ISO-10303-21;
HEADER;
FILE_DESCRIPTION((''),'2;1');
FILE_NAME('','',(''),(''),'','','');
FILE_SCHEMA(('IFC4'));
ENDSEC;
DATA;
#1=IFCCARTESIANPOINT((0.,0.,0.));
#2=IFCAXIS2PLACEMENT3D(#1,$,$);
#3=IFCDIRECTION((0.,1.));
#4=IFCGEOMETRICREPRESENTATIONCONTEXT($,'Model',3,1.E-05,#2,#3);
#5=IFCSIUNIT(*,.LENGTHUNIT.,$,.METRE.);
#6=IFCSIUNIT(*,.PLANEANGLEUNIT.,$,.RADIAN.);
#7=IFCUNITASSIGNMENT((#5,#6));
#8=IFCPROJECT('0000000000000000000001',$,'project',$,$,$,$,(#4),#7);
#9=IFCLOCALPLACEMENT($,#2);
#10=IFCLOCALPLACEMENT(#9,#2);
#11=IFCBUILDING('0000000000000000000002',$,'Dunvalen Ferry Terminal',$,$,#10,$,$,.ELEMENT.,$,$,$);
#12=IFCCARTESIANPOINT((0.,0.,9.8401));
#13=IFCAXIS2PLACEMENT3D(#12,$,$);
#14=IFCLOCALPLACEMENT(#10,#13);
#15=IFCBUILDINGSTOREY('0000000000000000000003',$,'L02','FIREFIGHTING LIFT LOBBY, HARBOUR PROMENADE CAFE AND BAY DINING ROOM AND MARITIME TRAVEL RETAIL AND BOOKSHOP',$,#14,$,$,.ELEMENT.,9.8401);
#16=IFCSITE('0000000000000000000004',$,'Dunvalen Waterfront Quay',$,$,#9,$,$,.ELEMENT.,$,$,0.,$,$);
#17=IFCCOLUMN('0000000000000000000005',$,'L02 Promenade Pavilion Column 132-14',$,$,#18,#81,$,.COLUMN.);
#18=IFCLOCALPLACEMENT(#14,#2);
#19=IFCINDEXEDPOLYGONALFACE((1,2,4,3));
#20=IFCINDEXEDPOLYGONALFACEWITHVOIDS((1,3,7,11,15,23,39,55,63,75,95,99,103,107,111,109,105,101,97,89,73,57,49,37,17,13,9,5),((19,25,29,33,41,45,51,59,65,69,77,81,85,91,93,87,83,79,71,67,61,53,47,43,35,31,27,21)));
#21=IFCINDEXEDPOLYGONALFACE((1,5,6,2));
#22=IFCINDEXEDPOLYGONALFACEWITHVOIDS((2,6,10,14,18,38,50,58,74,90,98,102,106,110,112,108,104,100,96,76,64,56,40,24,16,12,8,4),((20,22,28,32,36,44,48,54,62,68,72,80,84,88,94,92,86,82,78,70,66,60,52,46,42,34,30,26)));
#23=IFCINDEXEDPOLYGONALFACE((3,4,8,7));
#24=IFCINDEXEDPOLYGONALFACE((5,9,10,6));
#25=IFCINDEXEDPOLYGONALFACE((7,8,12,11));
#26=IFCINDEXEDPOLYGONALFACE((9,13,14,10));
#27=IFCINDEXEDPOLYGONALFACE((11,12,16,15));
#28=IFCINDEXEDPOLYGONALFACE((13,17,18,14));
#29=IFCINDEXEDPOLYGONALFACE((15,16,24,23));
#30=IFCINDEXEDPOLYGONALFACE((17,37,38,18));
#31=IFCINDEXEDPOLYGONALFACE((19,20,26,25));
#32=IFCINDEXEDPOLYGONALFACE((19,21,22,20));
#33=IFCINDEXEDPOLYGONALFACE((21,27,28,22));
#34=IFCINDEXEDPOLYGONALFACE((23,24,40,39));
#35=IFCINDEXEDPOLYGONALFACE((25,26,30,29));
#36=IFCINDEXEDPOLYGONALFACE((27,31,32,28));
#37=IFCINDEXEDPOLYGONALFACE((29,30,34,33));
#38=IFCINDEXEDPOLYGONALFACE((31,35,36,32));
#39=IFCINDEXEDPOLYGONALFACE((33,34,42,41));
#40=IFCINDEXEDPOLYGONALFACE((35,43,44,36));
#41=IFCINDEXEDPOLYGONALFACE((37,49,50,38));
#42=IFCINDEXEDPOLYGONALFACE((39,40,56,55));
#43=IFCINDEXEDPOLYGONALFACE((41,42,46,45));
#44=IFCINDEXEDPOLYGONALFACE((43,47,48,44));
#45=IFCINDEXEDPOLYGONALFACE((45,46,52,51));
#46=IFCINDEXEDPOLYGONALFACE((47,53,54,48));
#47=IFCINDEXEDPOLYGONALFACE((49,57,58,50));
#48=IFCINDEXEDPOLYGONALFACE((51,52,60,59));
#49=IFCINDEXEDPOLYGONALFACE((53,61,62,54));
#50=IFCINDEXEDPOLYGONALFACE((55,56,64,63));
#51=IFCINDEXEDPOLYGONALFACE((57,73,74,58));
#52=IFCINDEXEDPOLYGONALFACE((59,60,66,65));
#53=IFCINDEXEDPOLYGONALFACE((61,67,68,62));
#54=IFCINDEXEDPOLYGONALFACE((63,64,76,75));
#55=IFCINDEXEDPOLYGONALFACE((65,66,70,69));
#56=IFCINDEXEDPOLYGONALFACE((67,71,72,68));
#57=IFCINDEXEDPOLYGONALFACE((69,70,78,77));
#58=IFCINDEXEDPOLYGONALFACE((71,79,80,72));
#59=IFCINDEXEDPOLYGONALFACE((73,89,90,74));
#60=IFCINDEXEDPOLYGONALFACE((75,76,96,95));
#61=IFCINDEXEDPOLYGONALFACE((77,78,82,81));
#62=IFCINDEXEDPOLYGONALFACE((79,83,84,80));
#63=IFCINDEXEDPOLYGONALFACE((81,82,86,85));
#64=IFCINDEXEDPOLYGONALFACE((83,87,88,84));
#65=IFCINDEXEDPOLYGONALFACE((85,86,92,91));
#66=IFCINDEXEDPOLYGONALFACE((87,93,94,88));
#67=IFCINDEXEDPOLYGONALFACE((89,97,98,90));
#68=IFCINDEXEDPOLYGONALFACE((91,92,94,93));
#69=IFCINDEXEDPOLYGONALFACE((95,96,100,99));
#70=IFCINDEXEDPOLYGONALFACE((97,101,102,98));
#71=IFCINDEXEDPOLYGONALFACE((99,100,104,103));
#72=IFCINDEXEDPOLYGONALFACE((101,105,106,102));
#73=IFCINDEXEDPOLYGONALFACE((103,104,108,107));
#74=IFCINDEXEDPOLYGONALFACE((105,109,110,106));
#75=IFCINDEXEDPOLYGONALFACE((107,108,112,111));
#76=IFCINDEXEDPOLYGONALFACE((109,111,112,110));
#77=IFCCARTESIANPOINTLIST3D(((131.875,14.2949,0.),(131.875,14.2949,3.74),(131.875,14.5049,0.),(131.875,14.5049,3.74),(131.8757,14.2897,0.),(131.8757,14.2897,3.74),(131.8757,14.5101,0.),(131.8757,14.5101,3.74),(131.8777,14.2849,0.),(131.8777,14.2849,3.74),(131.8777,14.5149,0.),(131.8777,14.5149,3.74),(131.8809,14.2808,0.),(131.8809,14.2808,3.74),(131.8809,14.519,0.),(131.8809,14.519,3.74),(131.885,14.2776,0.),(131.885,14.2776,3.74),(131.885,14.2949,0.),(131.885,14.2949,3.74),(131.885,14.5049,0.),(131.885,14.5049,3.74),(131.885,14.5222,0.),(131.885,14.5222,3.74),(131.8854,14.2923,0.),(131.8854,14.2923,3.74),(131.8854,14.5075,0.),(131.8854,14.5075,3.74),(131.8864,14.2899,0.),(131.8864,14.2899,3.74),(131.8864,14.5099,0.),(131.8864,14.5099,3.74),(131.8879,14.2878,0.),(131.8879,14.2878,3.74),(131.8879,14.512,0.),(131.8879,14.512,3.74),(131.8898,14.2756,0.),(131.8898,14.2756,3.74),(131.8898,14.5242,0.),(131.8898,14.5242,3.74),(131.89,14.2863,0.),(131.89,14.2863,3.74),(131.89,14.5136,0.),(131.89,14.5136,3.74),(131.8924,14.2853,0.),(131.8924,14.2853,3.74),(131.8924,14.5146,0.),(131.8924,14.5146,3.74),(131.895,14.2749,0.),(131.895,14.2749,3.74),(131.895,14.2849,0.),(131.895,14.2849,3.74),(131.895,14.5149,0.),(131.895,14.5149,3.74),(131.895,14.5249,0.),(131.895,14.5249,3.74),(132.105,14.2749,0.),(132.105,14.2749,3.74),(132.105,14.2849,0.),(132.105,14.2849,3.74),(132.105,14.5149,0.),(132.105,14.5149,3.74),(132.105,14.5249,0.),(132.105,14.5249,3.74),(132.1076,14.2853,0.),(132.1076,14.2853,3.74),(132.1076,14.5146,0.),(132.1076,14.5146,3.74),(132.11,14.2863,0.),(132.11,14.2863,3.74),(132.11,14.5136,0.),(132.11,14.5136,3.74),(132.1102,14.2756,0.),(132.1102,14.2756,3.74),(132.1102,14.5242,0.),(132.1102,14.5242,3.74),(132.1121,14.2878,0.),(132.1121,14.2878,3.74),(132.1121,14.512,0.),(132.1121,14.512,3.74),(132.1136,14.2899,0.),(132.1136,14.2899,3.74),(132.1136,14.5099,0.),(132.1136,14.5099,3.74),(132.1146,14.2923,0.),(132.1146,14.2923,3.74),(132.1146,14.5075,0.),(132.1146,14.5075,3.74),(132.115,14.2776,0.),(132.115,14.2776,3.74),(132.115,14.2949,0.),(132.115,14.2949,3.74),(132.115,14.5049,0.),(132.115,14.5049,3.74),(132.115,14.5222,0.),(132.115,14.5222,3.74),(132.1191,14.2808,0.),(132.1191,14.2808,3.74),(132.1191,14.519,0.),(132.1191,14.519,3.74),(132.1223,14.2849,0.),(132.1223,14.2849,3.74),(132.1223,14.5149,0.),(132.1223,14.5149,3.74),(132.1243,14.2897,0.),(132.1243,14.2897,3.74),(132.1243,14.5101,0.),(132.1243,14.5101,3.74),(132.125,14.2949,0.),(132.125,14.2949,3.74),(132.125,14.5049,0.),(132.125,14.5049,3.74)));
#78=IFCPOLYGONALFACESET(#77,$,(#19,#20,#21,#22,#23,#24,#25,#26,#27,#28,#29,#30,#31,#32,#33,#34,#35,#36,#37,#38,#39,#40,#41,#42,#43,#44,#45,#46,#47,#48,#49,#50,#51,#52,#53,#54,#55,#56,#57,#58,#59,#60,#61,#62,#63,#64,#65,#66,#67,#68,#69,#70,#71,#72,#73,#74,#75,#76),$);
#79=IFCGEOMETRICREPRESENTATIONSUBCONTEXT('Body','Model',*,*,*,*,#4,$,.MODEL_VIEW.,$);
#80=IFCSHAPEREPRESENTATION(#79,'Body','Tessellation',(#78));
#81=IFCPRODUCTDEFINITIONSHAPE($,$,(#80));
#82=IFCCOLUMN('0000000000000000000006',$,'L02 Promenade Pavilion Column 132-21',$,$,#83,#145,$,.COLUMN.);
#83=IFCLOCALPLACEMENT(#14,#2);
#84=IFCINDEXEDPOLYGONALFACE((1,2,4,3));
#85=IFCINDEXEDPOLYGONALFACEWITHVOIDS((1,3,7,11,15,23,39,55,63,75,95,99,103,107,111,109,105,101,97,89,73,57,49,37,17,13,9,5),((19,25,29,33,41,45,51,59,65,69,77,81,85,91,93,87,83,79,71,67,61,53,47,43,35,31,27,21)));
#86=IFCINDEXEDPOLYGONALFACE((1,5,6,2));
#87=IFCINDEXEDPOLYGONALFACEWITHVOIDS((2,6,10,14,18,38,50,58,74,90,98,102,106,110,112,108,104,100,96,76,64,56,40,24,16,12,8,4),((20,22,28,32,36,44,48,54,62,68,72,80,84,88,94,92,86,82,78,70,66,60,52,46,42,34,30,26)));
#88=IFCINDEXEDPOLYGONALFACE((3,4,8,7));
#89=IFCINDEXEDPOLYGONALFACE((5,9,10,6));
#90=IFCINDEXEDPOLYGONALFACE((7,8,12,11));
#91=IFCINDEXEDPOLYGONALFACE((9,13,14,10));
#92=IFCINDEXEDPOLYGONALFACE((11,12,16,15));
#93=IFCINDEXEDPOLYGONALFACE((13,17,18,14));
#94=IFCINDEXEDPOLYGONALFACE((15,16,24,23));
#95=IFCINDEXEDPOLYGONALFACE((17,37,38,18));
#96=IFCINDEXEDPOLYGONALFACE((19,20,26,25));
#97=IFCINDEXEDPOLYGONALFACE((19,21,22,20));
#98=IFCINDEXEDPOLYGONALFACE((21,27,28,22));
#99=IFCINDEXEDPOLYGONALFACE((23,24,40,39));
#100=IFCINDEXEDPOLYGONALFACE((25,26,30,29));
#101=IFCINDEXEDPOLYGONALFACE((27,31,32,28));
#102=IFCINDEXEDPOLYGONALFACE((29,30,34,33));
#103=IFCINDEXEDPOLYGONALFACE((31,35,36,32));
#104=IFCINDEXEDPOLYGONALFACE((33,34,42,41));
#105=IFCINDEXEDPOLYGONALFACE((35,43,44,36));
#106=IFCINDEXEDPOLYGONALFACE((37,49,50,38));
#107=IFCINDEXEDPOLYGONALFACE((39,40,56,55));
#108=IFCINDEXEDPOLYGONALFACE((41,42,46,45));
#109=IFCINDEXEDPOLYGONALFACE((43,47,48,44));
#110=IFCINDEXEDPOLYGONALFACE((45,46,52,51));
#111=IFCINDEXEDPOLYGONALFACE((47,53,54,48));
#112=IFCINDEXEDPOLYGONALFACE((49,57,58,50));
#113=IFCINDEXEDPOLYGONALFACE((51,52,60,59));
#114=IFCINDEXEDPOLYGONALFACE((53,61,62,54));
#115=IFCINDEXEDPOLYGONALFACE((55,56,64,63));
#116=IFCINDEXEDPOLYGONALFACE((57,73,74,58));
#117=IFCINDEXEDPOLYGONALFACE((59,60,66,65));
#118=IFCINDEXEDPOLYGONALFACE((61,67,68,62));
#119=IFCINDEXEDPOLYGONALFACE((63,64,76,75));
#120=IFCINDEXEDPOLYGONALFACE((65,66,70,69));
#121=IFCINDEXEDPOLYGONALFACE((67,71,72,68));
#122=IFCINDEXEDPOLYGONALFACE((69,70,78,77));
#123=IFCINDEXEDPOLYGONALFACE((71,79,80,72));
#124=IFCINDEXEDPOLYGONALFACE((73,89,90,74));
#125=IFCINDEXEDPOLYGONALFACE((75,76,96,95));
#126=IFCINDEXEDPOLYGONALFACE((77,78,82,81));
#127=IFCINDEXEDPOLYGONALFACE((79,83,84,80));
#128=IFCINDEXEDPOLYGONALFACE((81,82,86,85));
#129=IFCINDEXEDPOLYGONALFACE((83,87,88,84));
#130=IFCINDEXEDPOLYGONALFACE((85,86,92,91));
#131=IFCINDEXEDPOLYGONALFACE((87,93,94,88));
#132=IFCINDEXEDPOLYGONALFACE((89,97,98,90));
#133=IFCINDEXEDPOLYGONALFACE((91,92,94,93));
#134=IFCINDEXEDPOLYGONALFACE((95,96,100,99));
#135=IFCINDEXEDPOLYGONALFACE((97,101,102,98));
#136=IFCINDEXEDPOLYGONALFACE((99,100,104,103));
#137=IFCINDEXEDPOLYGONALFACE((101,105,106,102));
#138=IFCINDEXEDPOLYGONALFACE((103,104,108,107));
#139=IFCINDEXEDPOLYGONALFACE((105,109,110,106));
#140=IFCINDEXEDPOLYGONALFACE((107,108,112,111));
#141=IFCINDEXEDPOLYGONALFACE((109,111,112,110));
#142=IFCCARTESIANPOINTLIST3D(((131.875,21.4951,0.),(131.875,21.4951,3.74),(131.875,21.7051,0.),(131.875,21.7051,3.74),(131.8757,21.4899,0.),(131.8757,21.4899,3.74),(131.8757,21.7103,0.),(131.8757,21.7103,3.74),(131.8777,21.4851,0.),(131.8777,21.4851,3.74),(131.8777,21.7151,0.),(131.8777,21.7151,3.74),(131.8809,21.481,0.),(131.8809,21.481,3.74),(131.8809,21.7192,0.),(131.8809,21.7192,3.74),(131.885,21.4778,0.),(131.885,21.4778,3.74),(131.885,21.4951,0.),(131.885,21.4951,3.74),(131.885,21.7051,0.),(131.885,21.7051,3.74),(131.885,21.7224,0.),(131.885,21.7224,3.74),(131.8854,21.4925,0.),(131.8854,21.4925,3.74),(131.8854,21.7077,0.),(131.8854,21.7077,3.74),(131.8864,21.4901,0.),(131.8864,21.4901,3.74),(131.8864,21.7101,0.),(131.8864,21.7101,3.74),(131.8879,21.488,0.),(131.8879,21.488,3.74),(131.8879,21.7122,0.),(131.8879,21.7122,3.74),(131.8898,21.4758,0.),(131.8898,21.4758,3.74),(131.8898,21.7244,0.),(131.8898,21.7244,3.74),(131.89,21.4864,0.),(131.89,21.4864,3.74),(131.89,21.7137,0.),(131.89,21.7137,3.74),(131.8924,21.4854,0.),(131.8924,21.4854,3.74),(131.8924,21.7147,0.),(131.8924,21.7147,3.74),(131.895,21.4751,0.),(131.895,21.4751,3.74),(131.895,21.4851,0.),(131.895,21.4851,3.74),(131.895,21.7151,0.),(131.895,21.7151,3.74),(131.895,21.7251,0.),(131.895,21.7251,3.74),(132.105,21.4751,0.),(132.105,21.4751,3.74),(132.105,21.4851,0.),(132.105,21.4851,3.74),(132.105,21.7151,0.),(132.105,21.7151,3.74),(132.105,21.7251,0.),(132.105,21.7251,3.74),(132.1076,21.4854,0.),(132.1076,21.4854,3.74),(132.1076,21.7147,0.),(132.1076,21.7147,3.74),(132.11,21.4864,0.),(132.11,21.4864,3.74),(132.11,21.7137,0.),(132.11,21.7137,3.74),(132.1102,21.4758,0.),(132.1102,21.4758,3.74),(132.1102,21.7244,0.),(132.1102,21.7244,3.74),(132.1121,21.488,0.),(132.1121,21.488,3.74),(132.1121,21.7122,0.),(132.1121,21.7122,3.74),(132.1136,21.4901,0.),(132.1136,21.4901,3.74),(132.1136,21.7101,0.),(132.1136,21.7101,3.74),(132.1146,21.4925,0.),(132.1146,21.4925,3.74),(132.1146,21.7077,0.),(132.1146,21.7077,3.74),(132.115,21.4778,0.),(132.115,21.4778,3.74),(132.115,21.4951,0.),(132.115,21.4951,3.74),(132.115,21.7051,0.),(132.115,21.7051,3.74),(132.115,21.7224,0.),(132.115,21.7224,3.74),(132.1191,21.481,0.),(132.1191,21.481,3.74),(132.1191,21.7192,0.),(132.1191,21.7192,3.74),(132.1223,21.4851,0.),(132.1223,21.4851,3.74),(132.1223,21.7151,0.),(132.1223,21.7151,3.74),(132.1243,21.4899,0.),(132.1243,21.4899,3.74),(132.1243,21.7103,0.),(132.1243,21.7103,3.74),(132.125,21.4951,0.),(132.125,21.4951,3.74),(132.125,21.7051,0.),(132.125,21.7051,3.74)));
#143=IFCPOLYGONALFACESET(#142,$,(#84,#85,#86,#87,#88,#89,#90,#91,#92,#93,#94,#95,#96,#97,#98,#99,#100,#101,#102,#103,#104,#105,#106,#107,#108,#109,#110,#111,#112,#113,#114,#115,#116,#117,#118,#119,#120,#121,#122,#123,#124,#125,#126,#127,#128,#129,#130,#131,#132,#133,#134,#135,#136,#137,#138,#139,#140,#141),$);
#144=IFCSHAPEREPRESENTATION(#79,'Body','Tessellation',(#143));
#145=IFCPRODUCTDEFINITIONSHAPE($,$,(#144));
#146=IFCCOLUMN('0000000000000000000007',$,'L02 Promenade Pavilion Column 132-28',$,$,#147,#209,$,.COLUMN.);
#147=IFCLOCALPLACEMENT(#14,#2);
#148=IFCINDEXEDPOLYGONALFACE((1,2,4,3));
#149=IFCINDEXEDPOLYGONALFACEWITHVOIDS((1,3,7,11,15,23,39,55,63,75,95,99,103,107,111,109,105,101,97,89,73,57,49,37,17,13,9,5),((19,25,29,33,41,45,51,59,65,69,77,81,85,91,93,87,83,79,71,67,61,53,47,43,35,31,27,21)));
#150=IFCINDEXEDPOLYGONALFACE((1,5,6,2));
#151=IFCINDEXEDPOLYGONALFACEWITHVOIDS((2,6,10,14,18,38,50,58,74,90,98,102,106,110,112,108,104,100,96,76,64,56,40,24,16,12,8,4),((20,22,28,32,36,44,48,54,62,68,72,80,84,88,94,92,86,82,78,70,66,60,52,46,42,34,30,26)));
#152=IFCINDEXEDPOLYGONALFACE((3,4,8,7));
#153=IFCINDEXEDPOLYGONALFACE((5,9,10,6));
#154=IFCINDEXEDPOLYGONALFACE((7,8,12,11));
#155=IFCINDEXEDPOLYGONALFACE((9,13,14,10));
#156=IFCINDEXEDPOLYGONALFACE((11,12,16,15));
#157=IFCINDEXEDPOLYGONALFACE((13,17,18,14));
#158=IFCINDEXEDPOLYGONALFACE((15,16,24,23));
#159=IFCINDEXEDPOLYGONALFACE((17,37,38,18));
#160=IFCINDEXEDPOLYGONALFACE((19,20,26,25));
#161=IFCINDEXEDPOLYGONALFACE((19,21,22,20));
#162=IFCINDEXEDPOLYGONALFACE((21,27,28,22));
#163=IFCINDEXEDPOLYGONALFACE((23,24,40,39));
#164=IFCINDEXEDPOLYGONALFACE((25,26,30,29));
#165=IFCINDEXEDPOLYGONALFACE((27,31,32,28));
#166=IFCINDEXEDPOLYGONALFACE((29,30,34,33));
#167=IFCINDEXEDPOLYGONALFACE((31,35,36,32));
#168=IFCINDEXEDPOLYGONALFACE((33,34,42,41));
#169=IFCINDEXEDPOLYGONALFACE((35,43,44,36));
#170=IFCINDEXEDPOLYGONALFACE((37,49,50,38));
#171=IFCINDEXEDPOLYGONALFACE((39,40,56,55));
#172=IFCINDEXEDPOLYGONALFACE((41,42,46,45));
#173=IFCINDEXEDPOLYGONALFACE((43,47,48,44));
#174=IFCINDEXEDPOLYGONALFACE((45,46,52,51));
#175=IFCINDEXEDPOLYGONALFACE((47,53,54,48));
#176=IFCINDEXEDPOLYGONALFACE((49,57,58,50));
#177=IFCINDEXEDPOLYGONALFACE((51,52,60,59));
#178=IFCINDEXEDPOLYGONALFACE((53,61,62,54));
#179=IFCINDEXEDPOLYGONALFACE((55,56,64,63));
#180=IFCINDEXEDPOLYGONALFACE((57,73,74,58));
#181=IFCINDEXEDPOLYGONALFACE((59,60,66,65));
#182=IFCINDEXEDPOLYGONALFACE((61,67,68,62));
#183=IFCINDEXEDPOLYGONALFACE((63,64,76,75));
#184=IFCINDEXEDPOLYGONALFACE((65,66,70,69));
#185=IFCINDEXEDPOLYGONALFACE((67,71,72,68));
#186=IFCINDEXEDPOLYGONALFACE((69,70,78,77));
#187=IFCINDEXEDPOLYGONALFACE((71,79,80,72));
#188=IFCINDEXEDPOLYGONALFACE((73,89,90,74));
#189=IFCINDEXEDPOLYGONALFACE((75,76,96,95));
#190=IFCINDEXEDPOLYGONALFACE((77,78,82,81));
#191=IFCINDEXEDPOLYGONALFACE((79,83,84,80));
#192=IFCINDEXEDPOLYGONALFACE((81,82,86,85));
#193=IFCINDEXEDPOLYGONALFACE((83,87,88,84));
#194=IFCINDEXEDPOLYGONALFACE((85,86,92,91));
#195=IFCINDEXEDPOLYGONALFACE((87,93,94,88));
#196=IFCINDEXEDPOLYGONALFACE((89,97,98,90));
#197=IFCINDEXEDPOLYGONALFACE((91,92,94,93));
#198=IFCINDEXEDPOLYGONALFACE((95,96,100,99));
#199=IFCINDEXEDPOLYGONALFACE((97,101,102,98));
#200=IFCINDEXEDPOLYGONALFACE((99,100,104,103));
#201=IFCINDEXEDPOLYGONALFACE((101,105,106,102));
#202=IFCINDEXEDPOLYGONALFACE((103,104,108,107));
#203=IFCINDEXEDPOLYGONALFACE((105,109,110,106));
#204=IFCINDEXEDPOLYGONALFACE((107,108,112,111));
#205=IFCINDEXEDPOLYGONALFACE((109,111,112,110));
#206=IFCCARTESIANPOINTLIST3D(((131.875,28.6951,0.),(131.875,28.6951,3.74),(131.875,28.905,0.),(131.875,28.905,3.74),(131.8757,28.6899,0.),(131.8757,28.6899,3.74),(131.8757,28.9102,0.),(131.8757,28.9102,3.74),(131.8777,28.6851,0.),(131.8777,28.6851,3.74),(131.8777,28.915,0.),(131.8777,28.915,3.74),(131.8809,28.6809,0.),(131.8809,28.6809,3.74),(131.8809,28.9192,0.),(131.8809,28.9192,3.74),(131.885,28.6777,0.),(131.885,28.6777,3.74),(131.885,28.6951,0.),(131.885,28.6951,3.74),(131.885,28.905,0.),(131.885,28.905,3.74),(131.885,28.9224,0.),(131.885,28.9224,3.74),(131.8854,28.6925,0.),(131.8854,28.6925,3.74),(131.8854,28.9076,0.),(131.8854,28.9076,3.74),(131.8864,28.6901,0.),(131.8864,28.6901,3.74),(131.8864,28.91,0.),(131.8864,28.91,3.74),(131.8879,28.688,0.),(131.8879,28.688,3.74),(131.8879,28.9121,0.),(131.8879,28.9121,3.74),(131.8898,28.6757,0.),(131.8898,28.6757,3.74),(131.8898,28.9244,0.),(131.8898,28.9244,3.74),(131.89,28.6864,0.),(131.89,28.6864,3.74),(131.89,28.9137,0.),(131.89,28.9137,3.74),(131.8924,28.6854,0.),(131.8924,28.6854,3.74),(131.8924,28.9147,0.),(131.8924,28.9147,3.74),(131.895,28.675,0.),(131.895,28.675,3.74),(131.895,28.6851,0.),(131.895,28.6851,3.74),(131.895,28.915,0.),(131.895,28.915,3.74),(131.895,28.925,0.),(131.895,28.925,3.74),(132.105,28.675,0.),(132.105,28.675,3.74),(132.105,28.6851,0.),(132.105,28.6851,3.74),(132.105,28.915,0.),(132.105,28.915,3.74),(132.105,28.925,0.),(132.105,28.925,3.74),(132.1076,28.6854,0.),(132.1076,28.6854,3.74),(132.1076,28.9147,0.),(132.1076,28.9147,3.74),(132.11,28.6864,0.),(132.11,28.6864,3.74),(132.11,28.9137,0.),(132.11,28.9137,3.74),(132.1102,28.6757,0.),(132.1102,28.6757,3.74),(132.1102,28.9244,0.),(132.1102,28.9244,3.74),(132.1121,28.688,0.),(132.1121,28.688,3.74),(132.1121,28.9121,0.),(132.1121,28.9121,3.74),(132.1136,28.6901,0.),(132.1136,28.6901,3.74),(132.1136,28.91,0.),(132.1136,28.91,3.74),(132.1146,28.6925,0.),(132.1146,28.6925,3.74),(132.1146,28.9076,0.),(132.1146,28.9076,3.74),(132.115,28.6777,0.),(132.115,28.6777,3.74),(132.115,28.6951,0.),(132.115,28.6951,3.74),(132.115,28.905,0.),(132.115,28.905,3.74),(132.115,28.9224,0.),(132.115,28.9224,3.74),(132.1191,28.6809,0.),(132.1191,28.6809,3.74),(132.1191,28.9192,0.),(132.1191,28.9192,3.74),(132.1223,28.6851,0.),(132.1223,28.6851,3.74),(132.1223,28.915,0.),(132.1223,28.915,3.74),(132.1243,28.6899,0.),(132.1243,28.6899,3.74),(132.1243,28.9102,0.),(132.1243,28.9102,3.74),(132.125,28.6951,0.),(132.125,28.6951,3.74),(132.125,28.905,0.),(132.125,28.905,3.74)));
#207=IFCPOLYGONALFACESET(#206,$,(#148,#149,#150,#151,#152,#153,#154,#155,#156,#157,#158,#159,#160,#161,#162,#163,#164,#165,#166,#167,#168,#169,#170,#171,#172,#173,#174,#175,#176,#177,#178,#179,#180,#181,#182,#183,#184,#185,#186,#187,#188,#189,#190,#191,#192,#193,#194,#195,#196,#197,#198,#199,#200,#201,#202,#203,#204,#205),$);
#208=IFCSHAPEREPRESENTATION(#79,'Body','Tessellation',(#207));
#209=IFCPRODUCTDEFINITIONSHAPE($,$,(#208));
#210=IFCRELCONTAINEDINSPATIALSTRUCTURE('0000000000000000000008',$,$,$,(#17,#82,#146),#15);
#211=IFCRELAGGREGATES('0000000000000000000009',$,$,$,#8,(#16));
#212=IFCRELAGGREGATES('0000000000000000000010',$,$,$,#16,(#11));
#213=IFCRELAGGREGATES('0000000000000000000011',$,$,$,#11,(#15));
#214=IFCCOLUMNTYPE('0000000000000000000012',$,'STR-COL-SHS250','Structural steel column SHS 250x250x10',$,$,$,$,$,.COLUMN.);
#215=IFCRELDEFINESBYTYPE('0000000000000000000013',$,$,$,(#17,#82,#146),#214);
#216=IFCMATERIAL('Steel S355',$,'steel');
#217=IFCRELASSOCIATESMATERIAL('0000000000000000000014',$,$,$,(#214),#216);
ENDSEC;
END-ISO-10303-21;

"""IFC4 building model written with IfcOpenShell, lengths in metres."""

from ifc_helpers import new_model, si_unit, direction, frame, origin, origin_2d, place, context, subcontext, project, spatial, hollow_rectangle, extrude, material, material_profile, profile_set, type_object, element, save


model = new_model("IFC4")

# Units and contexts
model_context = context("Model", 3, precision=1e-05, world=origin(), true_north=direction((0.0, 1.0)))
body_context = subcontext(model_context, "Body", "Model", "MODEL_VIEW")
ifc_project = project(units=[si_unit("LENGTHUNIT", "METRE"), si_unit("PLANEANGLEUNIT", "RADIAN")], contexts=[model_context])

# Site, building, storey
site_placement = place(None, origin())
site = spatial("IfcSite", under=ifc_project, at=site_placement, Name="Dunvalen Waterfront Quay", CompositionType="ELEMENT", RefElevation=0.0)
building_placement = place(site_placement, origin())
building = spatial("IfcBuilding", under=site, at=building_placement, Name="Dunvalen Ferry Terminal", CompositionType="ELEMENT")
storey_placement = place(building_placement, frame((0.0, 0.0, 9.8401)))
storey = spatial("IfcBuildingStorey", under=building, at=storey_placement, Name="L02", Description="FIREFIGHTING LIFT LOBBY, HARBOUR PROMENADE CAFE AND BAY DINING ROOM AND MARITIME TRAVEL RETAIL AND BOOKSHOP", CompositionType="ELEMENT", Elevation=9.8401)

# Columns
ifc_material_1 = material(Name="Steel S355", Category="steel")
ifc_material_profile_1 = material_profile(ifc_material_1, hollow_rectangle(XDim=0.25, YDim=0.25, WallThickness=0.01, InnerFilletRadius=0.01, OuterFilletRadius=0.02, at=origin_2d()), Name="Steel S355")
ifc_profile_set_1 = profile_set([ifc_material_profile_1], Name="Steel S355")
column_type = type_object("IfcColumnType", Name="STR-COL-SHS250", Description="Structural steel column SHS 250x250x10", PredefinedType="COLUMN", material=ifc_profile_set_1)
for number, where, z_axis, x_axis, name in (
    (1, (132.0, 14.3999, 0.0), (0.0, 0.0, 1.0), (1.0, 0.0, 0.0), "L02 Promenade Pavilion Column 132-14"),
    (2, (132.0, 21.6001, 0.0), (0.0, 0.0, 1.0), (1.0, 0.0, 0.0), "L02 Promenade Pavilion Column 132-21"),
    (3, (132.0, 28.8, 0.0), (0.0, 0.0, 1.0), (1.0, 0.0, 0.0), "L02 Promenade Pavilion Column 132-28"),
):
    element("IfcColumn", number, at=place(storey_placement, frame(where, z_axis=z_axis, x_axis=x_axis)), inside=storey, type_object=column_type, Name=name, PredefinedType="COLUMN", context=body_context, shape_type="SweptSolid", body=[
        extrude(hollow_rectangle(XDim=0.25, YDim=0.25, WallThickness=0.01, InnerFilletRadius=0.01, OuterFilletRadius=0.02, at=origin_2d()), origin(), (0.0, 0.0, 1.0), 3.74),
    ])

save(model, "model.ifc")
